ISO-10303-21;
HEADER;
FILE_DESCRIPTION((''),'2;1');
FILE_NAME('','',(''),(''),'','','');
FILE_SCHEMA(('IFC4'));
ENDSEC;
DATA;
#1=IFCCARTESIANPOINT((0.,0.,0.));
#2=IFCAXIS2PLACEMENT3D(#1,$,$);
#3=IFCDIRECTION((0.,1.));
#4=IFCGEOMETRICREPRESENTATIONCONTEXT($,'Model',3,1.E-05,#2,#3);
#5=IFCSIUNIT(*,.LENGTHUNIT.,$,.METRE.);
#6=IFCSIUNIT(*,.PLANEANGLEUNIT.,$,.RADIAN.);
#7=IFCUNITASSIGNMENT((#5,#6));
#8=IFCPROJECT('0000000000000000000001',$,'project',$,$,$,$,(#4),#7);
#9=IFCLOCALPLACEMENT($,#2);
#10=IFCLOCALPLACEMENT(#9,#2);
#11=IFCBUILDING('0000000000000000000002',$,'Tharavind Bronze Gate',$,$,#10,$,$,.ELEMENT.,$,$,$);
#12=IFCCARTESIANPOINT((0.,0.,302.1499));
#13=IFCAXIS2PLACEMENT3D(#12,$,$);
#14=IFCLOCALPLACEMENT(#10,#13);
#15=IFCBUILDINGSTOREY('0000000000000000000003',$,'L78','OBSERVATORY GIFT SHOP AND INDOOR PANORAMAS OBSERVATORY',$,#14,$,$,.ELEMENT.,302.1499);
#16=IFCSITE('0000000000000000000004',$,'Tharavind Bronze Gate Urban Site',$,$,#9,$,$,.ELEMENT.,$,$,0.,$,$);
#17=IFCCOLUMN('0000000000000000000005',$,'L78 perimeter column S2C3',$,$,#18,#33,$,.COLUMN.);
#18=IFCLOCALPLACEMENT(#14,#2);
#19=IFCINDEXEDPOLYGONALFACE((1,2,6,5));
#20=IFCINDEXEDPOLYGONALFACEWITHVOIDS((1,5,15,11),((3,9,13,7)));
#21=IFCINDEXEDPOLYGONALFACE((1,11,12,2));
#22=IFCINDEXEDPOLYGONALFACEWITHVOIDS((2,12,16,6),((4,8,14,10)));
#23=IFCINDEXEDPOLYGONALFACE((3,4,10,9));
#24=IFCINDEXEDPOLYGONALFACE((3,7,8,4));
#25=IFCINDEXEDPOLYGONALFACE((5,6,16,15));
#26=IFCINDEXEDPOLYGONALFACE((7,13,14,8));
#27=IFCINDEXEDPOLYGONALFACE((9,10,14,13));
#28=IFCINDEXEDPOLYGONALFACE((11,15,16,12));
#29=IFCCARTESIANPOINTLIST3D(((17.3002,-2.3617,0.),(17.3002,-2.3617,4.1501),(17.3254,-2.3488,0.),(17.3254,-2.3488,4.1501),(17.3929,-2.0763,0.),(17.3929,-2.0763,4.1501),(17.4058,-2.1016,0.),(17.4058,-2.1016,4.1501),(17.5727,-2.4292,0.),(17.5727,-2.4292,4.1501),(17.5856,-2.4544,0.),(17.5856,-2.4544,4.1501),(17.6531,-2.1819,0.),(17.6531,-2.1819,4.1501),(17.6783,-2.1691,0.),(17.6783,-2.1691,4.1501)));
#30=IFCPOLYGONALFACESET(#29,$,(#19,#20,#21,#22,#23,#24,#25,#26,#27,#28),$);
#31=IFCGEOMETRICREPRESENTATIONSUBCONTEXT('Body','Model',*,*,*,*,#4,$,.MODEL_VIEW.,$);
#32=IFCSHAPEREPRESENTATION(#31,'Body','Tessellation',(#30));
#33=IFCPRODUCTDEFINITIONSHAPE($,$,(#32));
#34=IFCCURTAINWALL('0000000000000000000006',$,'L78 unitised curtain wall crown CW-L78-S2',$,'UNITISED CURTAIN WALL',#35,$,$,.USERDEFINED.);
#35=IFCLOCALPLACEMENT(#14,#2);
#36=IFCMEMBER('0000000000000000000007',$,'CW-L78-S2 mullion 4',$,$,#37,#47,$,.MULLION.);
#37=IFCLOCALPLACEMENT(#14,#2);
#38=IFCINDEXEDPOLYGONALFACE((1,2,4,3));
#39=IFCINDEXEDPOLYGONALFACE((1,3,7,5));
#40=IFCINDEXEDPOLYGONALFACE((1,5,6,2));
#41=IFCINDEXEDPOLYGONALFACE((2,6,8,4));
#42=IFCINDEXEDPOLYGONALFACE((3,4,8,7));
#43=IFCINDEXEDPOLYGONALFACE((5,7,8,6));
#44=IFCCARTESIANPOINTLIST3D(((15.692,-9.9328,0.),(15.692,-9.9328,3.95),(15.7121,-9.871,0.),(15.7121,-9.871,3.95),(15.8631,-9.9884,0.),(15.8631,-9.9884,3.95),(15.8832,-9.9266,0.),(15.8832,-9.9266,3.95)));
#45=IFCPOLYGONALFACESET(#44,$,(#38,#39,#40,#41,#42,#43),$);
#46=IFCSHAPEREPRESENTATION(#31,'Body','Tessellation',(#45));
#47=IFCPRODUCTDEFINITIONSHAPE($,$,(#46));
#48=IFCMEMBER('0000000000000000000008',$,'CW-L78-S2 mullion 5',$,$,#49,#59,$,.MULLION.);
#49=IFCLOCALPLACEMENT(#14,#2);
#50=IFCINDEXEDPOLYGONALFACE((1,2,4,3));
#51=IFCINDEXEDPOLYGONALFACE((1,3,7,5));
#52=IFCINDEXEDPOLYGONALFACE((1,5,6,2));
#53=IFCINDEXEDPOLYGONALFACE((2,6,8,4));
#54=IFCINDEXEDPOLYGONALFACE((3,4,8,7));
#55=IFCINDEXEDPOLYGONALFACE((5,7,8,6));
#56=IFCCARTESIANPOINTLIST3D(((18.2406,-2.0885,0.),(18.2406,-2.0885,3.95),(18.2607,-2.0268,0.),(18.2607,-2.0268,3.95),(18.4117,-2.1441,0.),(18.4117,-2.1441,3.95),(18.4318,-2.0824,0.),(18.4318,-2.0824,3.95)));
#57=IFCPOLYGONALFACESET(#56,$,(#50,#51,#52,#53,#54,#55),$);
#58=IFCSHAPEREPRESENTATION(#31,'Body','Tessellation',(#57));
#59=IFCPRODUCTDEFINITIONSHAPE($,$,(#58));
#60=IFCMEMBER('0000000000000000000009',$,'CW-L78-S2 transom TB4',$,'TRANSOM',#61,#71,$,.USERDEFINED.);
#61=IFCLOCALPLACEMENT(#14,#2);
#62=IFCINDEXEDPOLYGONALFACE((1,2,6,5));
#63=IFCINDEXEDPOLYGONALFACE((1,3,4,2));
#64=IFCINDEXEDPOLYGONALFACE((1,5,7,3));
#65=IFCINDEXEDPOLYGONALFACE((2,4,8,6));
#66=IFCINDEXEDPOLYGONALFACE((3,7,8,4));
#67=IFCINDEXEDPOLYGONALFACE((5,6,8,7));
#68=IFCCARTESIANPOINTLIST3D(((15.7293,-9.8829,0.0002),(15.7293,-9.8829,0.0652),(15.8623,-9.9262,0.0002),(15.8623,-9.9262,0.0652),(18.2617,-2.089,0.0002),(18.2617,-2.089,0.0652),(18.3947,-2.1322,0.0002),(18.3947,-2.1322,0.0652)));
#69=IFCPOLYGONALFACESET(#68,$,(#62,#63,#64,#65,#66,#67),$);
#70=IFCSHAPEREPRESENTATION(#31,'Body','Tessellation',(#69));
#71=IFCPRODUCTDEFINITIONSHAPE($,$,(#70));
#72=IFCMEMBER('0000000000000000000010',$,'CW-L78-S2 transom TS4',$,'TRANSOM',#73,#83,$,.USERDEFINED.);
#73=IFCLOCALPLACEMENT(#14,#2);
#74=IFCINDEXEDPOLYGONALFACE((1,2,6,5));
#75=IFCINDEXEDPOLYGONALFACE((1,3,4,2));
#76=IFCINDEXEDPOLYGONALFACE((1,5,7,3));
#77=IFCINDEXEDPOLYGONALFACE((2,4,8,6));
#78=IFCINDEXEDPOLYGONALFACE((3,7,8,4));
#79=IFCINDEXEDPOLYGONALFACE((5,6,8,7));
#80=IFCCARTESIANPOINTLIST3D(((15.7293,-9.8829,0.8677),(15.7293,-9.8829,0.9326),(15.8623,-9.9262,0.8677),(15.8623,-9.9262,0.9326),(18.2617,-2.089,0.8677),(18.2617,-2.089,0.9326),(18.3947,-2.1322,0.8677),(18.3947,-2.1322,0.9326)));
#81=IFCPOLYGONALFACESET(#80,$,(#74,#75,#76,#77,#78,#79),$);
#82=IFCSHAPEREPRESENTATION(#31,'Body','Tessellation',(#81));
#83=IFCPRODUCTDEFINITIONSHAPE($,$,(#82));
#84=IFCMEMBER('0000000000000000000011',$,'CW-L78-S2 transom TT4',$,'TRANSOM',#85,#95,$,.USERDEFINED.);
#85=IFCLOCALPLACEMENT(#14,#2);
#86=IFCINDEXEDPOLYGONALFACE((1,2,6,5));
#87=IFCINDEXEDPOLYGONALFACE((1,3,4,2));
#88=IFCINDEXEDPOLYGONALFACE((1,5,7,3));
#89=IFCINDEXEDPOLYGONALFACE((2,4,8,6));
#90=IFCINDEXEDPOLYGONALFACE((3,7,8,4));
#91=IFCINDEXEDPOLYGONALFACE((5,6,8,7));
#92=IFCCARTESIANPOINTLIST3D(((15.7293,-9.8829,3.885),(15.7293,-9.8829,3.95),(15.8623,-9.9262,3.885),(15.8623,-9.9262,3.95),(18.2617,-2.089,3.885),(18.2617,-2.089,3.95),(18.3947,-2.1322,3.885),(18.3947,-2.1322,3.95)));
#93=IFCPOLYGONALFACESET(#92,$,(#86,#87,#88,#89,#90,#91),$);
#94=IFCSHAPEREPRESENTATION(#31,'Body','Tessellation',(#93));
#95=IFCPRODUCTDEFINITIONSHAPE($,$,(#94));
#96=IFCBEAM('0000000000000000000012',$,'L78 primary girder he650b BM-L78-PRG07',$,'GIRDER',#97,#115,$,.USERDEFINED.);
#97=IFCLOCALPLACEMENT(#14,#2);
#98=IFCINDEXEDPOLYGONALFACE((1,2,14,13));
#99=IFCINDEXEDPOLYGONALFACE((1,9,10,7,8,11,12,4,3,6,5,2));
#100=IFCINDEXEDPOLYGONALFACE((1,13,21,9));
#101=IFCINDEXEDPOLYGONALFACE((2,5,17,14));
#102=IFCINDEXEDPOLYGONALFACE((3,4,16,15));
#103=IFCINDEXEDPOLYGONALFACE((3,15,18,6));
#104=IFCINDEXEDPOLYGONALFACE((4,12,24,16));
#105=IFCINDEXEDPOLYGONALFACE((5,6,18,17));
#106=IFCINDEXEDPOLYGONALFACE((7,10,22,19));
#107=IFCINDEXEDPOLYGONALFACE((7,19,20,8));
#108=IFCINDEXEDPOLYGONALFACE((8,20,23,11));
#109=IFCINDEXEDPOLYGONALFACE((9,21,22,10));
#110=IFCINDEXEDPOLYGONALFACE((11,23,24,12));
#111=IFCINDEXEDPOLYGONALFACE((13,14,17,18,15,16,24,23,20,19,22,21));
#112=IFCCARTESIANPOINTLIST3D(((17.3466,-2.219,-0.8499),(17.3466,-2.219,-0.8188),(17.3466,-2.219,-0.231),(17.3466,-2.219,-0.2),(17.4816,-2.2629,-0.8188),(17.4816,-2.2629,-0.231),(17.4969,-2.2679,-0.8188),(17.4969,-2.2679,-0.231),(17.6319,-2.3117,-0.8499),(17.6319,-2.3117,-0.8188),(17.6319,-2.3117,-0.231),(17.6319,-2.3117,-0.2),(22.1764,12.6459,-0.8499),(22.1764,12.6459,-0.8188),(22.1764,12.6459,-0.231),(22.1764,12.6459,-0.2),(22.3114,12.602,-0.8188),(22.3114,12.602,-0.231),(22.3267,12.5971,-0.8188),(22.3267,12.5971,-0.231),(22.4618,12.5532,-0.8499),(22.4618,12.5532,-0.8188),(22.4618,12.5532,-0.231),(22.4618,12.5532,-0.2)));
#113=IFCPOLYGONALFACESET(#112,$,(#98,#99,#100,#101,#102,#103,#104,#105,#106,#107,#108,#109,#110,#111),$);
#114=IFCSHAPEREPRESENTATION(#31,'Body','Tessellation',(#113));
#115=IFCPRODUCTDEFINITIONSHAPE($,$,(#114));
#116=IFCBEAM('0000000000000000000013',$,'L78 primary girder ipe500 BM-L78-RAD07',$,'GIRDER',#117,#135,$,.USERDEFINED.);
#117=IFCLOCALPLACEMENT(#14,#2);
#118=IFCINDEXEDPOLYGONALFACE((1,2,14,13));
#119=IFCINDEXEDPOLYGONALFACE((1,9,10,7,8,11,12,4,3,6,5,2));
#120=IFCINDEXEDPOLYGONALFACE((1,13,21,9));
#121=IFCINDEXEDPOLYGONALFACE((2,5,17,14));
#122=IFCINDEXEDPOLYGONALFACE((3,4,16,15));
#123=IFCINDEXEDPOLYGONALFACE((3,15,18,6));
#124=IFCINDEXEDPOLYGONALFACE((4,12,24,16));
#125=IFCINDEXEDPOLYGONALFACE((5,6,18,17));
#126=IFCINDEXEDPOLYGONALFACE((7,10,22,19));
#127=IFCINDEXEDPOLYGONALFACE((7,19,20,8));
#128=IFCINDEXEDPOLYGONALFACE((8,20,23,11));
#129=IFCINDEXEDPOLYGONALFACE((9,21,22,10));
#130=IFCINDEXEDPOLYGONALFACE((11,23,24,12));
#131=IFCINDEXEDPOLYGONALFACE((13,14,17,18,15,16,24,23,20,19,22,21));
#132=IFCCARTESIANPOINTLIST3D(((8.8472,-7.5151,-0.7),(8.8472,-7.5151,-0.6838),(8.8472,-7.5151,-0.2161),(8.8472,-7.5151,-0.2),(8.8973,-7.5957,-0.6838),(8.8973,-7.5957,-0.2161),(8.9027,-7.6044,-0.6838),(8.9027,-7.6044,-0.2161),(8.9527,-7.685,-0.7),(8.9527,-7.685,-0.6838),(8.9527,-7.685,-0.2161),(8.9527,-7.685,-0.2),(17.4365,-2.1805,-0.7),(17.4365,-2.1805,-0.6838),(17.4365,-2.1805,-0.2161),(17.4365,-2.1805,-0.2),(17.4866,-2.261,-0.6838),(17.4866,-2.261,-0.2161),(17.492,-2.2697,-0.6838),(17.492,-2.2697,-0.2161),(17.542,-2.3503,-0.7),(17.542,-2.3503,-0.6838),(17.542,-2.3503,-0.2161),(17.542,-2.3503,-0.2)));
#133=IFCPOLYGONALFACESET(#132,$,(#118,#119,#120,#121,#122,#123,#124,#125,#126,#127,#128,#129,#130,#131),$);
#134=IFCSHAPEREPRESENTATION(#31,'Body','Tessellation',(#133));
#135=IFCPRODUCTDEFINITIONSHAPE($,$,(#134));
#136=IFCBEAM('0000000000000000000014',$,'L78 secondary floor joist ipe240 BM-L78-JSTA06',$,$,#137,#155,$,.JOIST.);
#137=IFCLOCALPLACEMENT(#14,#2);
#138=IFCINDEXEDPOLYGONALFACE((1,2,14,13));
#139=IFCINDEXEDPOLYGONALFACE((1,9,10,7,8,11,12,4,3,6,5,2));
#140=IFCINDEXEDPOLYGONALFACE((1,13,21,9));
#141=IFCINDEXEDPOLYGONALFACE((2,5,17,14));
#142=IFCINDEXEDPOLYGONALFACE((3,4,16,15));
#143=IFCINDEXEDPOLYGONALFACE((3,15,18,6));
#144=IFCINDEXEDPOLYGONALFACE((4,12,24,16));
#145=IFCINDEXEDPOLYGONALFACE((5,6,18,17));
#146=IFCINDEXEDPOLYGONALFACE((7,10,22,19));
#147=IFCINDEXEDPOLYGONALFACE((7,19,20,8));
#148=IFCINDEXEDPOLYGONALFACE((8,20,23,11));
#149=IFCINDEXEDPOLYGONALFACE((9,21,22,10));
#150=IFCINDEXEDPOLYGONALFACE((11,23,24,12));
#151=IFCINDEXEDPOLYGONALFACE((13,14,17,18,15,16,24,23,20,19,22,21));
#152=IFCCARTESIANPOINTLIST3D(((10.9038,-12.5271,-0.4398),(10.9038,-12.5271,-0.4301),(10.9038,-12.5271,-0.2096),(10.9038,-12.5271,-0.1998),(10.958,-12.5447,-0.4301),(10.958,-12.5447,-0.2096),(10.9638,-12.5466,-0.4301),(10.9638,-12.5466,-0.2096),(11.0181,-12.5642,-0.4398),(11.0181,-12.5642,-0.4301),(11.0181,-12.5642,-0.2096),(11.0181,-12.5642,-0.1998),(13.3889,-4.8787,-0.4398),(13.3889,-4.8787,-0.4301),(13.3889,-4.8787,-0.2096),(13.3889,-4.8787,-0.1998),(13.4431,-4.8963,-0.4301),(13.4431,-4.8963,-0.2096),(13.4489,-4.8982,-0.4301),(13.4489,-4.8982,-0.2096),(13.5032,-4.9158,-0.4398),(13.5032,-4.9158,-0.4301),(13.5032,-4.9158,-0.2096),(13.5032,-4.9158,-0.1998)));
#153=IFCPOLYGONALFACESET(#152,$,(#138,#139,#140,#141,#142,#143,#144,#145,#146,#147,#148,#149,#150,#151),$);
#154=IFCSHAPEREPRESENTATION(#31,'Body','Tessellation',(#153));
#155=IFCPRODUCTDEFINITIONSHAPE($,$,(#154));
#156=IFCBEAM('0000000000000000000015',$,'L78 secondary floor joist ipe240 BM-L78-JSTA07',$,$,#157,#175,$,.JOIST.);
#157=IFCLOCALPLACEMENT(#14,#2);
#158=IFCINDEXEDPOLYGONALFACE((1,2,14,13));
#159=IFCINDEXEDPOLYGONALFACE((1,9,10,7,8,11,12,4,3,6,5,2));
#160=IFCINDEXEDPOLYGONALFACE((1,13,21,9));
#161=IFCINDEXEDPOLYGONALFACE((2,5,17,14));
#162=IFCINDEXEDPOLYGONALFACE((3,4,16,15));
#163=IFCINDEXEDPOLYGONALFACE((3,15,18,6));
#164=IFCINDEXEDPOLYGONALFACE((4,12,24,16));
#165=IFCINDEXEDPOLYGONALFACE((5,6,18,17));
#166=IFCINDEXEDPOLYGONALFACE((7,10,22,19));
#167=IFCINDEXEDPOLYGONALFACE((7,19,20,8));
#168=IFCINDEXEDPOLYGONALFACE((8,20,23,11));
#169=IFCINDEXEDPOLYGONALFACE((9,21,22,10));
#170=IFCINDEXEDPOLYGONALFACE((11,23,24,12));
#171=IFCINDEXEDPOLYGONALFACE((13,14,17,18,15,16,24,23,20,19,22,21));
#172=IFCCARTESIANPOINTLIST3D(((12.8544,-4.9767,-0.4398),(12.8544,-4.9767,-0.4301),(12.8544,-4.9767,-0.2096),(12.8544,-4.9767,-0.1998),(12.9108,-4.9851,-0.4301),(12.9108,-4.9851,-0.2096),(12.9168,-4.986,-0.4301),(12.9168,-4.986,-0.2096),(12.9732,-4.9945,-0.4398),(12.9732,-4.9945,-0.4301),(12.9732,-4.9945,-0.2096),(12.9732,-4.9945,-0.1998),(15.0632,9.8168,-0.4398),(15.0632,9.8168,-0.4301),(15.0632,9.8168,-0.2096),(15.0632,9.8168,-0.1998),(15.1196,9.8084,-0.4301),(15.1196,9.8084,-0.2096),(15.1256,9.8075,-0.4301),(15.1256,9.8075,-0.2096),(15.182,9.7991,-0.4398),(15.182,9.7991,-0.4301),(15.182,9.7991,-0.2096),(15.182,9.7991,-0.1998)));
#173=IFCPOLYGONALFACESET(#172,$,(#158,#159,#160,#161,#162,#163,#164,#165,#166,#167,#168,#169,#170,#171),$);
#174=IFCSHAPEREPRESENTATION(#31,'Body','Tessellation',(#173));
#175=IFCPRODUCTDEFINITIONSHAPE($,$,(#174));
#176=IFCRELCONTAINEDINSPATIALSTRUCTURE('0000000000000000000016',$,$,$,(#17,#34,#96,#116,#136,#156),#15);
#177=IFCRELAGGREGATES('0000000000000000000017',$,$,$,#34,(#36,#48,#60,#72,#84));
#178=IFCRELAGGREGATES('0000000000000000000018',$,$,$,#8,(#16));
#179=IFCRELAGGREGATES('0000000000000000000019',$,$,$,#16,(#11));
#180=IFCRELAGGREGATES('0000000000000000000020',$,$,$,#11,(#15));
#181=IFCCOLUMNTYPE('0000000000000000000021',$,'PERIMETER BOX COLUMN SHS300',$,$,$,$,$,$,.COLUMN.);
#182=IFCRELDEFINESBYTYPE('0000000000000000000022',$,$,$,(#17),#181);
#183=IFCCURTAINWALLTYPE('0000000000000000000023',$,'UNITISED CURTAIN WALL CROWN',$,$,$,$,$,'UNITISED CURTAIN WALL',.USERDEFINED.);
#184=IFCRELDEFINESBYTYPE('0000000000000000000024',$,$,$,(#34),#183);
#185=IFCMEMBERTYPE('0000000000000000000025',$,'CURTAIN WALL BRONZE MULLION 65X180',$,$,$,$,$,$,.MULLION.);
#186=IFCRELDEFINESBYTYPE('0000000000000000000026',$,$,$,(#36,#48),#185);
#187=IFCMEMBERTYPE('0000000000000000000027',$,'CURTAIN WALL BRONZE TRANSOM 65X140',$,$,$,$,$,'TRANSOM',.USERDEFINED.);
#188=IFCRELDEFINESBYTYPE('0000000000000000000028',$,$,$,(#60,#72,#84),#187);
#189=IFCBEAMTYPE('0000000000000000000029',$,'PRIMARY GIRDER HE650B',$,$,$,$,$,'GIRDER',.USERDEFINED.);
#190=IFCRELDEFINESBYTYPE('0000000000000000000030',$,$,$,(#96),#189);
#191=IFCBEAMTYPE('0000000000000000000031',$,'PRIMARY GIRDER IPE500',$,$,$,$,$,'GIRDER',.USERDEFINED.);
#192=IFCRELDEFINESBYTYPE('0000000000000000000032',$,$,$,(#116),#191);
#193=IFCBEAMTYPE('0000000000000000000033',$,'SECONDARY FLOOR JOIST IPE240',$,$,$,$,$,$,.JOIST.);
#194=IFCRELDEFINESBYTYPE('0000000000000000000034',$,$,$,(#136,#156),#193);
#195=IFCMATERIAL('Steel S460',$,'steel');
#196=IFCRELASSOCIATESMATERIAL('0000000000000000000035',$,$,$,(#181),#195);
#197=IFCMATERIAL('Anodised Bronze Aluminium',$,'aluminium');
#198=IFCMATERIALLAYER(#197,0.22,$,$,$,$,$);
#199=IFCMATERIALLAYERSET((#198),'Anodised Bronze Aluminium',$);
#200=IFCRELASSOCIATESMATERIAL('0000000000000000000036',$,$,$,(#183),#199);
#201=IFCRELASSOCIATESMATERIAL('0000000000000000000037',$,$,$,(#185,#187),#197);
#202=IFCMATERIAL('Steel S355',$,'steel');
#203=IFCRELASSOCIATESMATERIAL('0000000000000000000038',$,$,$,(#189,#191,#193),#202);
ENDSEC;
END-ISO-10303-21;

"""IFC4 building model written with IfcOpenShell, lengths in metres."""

from ifc_helpers import new_model, si_unit, direction, frame, origin, origin_2d, place, context, subcontext, project, spatial, rectangle, hollow_rectangle, i_section, extrude, material, layer, layer_set, material_profile, profile_set, type_object, element, aggregate, save


model = new_model("IFC4")

# Units and contexts
model_context = context("Model", 3, precision=1e-05, world=origin(), true_north=direction((0.0, 1.0)))
body_context = subcontext(model_context, "Body", "Model", "MODEL_VIEW")
ifc_project = project(units=[si_unit("LENGTHUNIT", "METRE"), si_unit("PLANEANGLEUNIT", "RADIAN")], contexts=[model_context])

# Site, building, storey
site_placement = place(None, origin())
site = spatial("IfcSite", under=ifc_project, at=site_placement, Name="Tharavind Bronze Gate Urban Site", CompositionType="ELEMENT", RefElevation=0.0)
building_placement = place(site_placement, origin())
building = spatial("IfcBuilding", under=site, at=building_placement, Name="Tharavind Bronze Gate", CompositionType="ELEMENT")
storey_placement = place(building_placement, frame((0.0, 0.0, 302.1499)))
storey = spatial("IfcBuildingStorey", under=building, at=storey_placement, Name="L78", Description="OBSERVATORY GIFT SHOP AND INDOOR PANORAMAS OBSERVATORY", CompositionType="ELEMENT", Elevation=302.1499)

# Column
ifc_material_1 = material(Name="Steel S460", Category="steel")
ifc_material_profile_1 = material_profile(ifc_material_1, hollow_rectangle(XDim=0.3, YDim=0.3, WallThickness=0.02, at=origin_2d()), Name="SHS300X20")
ifc_profile_set_1 = profile_set([ifc_material_profile_1], Name="Steel S460")
column_type = type_object("IfcColumnType", Name="PERIMETER BOX COLUMN SHS300", PredefinedType="COLUMN", material=ifc_profile_set_1)
column_placement = place(storey_placement, frame((17.4893, -2.2654, 0.0), z_axis=(0.0, 0.0, 1.0), x_axis=(0.309019, 0.951056, 0.0)))
element("IfcColumn", 1, at=column_placement, inside=storey, type_object=column_type, Name="L78 perimeter column S2C3", PredefinedType="COLUMN", context=body_context, shape_type="SweptSolid", body=[
    extrude(hollow_rectangle(XDim=0.3, YDim=0.3, WallThickness=0.02, at=origin_2d()), origin(), (0.0, 0.0, 1.0), 4.1501),
])

# Curtain wall, members
ifc_material_2 = material(Name="Anodised Bronze Aluminium", Category="aluminium")
ifc_layer_1 = layer(ifc_material_2, 0.22)
ifc_layer_set_1 = layer_set([ifc_layer_1], Name="Anodised Bronze Aluminium")
curtain_wall_type = type_object("IfcCurtainWallType", Name="UNITISED CURTAIN WALL CROWN", ElementType="UNITISED CURTAIN WALL", PredefinedType="USERDEFINED", material=ifc_layer_set_1)
curtain_wall_placement = place(storey_placement, origin())
curtain_wall = element("IfcCurtainWall", 2, at=curtain_wall_placement, inside=storey, type_object=curtain_wall_type, Name="L78 unitised curtain wall crown CW-L78-S2", ObjectType="UNITISED CURTAIN WALL", PredefinedType="USERDEFINED")
member_type_1 = type_object("IfcMemberType", Name="CURTAIN WALL BRONZE MULLION 65X180", PredefinedType="MULLION", material=ifc_material_2)
member_1_placement = place(storey_placement, frame((15.7876, -9.9297, 0.0), z_axis=(0.0, 0.0, 1.0), x_axis=(0.309017, 0.951057, 0.0)))
member_1 = element("IfcMember", 3, at=member_1_placement, type_object=member_type_1, Name="CW-L78-S2 mullion 4", PredefinedType="MULLION", context=body_context, shape_type="SweptSolid", body=[
    extrude(rectangle(XDim=0.0649, YDim=0.1799, at=origin_2d()), origin(), (0.0, 0.0, 1.0), 3.95),
])
member_2_placement = place(storey_placement, frame((18.3362, -2.0854, 0.0), z_axis=(0.0, 0.0, 1.0), x_axis=(0.309017, 0.951057, 0.0)))
member_2 = element("IfcMember", 4, at=member_2_placement, type_object=member_type_1, Name="CW-L78-S2 mullion 5", PredefinedType="MULLION", context=body_context, shape_type="SweptSolid", body=[
    extrude(rectangle(XDim=0.0649, YDim=0.1799, at=origin_2d()), origin(), (0.0, 0.0, 1.0), 3.95),
])
member_type_2 = type_object("IfcMemberType", Name="CURTAIN WALL BRONZE TRANSOM 65X140", ElementType="TRANSOM", PredefinedType="USERDEFINED", material=ifc_material_2)
member_3_placement = place(storey_placement, frame((17.062, -6.0076, 0.0002), z_axis=(0.0, 0.0, 1.0), x_axis=(0.309017, 0.951057, 0.0)))
member_3 = element("IfcMember", 5, at=member_3_placement, type_object=member_type_2, Name="CW-L78-S2 transom TB4", ObjectType="TRANSOM", PredefinedType="USERDEFINED", context=body_context, shape_type="SweptSolid", body=[
    extrude(rectangle(XDim=8.1951, YDim=0.1399, at=origin_2d()), origin(), (0.0, 0.0, 1.0), 0.0649),
])
member_4_placement = place(storey_placement, frame((17.062, -6.0076, 0.8677), z_axis=(0.0, 0.0, 1.0), x_axis=(0.309017, 0.951057, 0.0)))
member_4 = element("IfcMember", 6, at=member_4_placement, type_object=member_type_2, Name="CW-L78-S2 transom TS4", ObjectType="TRANSOM", PredefinedType="USERDEFINED", context=body_context, shape_type="SweptSolid", body=[
    extrude(rectangle(XDim=8.1951, YDim=0.1399, at=origin_2d()), origin(), (0.0, 0.0, 1.0), 0.0649),
])
member_5_placement = place(storey_placement, frame((17.062, -6.0076, 3.885), z_axis=(0.0, 0.0, 1.0), x_axis=(0.309017, 0.951057, 0.0)))
member_5 = element("IfcMember", 7, at=member_5_placement, type_object=member_type_2, Name="CW-L78-S2 transom TT4", ObjectType="TRANSOM", PredefinedType="USERDEFINED", context=body_context, shape_type="SweptSolid", body=[
    extrude(rectangle(XDim=8.1951, YDim=0.1399, at=origin_2d()), origin(), (0.0, 0.0, 1.0), 0.0649),
])

# Beams
ifc_material_3 = material(Name="Steel S355", Category="steel")
ifc_material_profile_2 = material_profile(ifc_material_3, i_section(OverallWidth=0.3, OverallDepth=0.6499, WebThickness=0.0161, FlangeThickness=0.031, at=origin_2d()), Name="HE650B")
ifc_profile_set_2 = profile_set([ifc_material_profile_2], Name="Steel S355")
beam_type_1 = type_object("IfcBeamType", Name="PRIMARY GIRDER HE650B", ElementType="GIRDER", PredefinedType="USERDEFINED", material=ifc_profile_set_2)
beam_1_placement = place(storey_placement, frame((17.4893, -2.2654, -0.5249), z_axis=(0.309012, 0.951058, 0.0), x_axis=(-0.951058, 0.309012, 0.0)))
element("IfcBeam", 8, at=beam_1_placement, inside=storey, type_object=beam_type_1, Name="L78 primary girder he650b BM-L78-PRG07", ObjectType="GIRDER", PredefinedType="USERDEFINED", context=body_context, shape_type="SweptSolid", body=[
    extrude(i_section(OverallWidth=0.3, OverallDepth=0.6499, WebThickness=0.0161, FlangeThickness=0.031, at=origin_2d()), origin(), (0.0, 0.0, 1.0), 15.6299),
])
ifc_material_profile_3 = material_profile(ifc_material_3, i_section(OverallWidth=0.2, OverallDepth=0.5, WebThickness=0.0103, FlangeThickness=0.0161, at=origin_2d()), Name="IPE500")
ifc_profile_set_3 = profile_set([ifc_material_profile_3], Name="Steel S355")
beam_type_2 = type_object("IfcBeamType", Name="PRIMARY GIRDER IPE500", ElementType="GIRDER", PredefinedType="USERDEFINED", material=ifc_profile_set_3)
beam_2_placement = place(storey_placement, frame((17.4893, -2.2654, -0.45), z_axis=(-0.84949, -0.527605, 0.0), x_axis=(0.527605, -0.84949, 0.0)))
element("IfcBeam", 9, at=beam_2_placement, inside=storey, type_object=beam_type_2, Name="L78 primary girder ipe500 BM-L78-RAD07", ObjectType="GIRDER", PredefinedType="USERDEFINED", context=body_context, shape_type="SweptSolid", body=[
    extrude(i_section(OverallWidth=0.2, OverallDepth=0.5, WebThickness=0.0103, FlangeThickness=0.0161, at=origin_2d()), origin(), (0.0, 0.0, 1.0), 10.1111),
])
ifc_material_profile_4 = material_profile(ifc_material_3, i_section(OverallWidth=0.1201, OverallDepth=0.24, WebThickness=0.0061, FlangeThickness=0.0098, at=origin_2d()), Name="IPE240")
ifc_profile_set_4 = profile_set([ifc_material_profile_4], Name="Steel S355")
beam_type_3 = type_object("IfcBeamType", Name="SECONDARY FLOOR JOIST IPE240", PredefinedType="JOIST", material=ifc_profile_set_4)
beam_3_placement = place(storey_placement, frame((10.9609, -12.5457, -0.3198), z_axis=(0.309015, 0.951057, 0.0), x_axis=(-0.951057, 0.309015, 0.0)))
element("IfcBeam", 10, at=beam_3_placement, inside=storey, type_object=beam_type_3, Name="L78 secondary floor joist ipe240 BM-L78-JSTA06", PredefinedType="JOIST", context=body_context, shape_type="SweptSolid", body=[
    extrude(i_section(OverallWidth=0.1201, OverallDepth=0.24, WebThickness=0.0061, FlangeThickness=0.0098, at=origin_2d()), origin(), (0.0, 0.0, 1.0), 8.042),
])
beam_4_placement = place(storey_placement, frame((12.9138, -4.9856, -0.3198), z_axis=(0.147668, 0.989037, 0.0), x_axis=(-0.989037, 0.147668, 0.0)))
element("IfcBeam", 11, at=beam_4_placement, inside=storey, type_object=beam_type_3, Name="L78 secondary floor joist ipe240 BM-L78-JSTA07", PredefinedType="JOIST", context=body_context, shape_type="SweptSolid", body=[
    extrude(i_section(OverallWidth=0.1201, OverallDepth=0.24, WebThickness=0.0061, FlangeThickness=0.0098, at=origin_2d()), origin(), (0.0, 0.0, 1.0), 14.9575),
])

aggregate(curtain_wall, [member_1, member_2, member_3, member_4, member_5])

save(model, "model.ifc")
